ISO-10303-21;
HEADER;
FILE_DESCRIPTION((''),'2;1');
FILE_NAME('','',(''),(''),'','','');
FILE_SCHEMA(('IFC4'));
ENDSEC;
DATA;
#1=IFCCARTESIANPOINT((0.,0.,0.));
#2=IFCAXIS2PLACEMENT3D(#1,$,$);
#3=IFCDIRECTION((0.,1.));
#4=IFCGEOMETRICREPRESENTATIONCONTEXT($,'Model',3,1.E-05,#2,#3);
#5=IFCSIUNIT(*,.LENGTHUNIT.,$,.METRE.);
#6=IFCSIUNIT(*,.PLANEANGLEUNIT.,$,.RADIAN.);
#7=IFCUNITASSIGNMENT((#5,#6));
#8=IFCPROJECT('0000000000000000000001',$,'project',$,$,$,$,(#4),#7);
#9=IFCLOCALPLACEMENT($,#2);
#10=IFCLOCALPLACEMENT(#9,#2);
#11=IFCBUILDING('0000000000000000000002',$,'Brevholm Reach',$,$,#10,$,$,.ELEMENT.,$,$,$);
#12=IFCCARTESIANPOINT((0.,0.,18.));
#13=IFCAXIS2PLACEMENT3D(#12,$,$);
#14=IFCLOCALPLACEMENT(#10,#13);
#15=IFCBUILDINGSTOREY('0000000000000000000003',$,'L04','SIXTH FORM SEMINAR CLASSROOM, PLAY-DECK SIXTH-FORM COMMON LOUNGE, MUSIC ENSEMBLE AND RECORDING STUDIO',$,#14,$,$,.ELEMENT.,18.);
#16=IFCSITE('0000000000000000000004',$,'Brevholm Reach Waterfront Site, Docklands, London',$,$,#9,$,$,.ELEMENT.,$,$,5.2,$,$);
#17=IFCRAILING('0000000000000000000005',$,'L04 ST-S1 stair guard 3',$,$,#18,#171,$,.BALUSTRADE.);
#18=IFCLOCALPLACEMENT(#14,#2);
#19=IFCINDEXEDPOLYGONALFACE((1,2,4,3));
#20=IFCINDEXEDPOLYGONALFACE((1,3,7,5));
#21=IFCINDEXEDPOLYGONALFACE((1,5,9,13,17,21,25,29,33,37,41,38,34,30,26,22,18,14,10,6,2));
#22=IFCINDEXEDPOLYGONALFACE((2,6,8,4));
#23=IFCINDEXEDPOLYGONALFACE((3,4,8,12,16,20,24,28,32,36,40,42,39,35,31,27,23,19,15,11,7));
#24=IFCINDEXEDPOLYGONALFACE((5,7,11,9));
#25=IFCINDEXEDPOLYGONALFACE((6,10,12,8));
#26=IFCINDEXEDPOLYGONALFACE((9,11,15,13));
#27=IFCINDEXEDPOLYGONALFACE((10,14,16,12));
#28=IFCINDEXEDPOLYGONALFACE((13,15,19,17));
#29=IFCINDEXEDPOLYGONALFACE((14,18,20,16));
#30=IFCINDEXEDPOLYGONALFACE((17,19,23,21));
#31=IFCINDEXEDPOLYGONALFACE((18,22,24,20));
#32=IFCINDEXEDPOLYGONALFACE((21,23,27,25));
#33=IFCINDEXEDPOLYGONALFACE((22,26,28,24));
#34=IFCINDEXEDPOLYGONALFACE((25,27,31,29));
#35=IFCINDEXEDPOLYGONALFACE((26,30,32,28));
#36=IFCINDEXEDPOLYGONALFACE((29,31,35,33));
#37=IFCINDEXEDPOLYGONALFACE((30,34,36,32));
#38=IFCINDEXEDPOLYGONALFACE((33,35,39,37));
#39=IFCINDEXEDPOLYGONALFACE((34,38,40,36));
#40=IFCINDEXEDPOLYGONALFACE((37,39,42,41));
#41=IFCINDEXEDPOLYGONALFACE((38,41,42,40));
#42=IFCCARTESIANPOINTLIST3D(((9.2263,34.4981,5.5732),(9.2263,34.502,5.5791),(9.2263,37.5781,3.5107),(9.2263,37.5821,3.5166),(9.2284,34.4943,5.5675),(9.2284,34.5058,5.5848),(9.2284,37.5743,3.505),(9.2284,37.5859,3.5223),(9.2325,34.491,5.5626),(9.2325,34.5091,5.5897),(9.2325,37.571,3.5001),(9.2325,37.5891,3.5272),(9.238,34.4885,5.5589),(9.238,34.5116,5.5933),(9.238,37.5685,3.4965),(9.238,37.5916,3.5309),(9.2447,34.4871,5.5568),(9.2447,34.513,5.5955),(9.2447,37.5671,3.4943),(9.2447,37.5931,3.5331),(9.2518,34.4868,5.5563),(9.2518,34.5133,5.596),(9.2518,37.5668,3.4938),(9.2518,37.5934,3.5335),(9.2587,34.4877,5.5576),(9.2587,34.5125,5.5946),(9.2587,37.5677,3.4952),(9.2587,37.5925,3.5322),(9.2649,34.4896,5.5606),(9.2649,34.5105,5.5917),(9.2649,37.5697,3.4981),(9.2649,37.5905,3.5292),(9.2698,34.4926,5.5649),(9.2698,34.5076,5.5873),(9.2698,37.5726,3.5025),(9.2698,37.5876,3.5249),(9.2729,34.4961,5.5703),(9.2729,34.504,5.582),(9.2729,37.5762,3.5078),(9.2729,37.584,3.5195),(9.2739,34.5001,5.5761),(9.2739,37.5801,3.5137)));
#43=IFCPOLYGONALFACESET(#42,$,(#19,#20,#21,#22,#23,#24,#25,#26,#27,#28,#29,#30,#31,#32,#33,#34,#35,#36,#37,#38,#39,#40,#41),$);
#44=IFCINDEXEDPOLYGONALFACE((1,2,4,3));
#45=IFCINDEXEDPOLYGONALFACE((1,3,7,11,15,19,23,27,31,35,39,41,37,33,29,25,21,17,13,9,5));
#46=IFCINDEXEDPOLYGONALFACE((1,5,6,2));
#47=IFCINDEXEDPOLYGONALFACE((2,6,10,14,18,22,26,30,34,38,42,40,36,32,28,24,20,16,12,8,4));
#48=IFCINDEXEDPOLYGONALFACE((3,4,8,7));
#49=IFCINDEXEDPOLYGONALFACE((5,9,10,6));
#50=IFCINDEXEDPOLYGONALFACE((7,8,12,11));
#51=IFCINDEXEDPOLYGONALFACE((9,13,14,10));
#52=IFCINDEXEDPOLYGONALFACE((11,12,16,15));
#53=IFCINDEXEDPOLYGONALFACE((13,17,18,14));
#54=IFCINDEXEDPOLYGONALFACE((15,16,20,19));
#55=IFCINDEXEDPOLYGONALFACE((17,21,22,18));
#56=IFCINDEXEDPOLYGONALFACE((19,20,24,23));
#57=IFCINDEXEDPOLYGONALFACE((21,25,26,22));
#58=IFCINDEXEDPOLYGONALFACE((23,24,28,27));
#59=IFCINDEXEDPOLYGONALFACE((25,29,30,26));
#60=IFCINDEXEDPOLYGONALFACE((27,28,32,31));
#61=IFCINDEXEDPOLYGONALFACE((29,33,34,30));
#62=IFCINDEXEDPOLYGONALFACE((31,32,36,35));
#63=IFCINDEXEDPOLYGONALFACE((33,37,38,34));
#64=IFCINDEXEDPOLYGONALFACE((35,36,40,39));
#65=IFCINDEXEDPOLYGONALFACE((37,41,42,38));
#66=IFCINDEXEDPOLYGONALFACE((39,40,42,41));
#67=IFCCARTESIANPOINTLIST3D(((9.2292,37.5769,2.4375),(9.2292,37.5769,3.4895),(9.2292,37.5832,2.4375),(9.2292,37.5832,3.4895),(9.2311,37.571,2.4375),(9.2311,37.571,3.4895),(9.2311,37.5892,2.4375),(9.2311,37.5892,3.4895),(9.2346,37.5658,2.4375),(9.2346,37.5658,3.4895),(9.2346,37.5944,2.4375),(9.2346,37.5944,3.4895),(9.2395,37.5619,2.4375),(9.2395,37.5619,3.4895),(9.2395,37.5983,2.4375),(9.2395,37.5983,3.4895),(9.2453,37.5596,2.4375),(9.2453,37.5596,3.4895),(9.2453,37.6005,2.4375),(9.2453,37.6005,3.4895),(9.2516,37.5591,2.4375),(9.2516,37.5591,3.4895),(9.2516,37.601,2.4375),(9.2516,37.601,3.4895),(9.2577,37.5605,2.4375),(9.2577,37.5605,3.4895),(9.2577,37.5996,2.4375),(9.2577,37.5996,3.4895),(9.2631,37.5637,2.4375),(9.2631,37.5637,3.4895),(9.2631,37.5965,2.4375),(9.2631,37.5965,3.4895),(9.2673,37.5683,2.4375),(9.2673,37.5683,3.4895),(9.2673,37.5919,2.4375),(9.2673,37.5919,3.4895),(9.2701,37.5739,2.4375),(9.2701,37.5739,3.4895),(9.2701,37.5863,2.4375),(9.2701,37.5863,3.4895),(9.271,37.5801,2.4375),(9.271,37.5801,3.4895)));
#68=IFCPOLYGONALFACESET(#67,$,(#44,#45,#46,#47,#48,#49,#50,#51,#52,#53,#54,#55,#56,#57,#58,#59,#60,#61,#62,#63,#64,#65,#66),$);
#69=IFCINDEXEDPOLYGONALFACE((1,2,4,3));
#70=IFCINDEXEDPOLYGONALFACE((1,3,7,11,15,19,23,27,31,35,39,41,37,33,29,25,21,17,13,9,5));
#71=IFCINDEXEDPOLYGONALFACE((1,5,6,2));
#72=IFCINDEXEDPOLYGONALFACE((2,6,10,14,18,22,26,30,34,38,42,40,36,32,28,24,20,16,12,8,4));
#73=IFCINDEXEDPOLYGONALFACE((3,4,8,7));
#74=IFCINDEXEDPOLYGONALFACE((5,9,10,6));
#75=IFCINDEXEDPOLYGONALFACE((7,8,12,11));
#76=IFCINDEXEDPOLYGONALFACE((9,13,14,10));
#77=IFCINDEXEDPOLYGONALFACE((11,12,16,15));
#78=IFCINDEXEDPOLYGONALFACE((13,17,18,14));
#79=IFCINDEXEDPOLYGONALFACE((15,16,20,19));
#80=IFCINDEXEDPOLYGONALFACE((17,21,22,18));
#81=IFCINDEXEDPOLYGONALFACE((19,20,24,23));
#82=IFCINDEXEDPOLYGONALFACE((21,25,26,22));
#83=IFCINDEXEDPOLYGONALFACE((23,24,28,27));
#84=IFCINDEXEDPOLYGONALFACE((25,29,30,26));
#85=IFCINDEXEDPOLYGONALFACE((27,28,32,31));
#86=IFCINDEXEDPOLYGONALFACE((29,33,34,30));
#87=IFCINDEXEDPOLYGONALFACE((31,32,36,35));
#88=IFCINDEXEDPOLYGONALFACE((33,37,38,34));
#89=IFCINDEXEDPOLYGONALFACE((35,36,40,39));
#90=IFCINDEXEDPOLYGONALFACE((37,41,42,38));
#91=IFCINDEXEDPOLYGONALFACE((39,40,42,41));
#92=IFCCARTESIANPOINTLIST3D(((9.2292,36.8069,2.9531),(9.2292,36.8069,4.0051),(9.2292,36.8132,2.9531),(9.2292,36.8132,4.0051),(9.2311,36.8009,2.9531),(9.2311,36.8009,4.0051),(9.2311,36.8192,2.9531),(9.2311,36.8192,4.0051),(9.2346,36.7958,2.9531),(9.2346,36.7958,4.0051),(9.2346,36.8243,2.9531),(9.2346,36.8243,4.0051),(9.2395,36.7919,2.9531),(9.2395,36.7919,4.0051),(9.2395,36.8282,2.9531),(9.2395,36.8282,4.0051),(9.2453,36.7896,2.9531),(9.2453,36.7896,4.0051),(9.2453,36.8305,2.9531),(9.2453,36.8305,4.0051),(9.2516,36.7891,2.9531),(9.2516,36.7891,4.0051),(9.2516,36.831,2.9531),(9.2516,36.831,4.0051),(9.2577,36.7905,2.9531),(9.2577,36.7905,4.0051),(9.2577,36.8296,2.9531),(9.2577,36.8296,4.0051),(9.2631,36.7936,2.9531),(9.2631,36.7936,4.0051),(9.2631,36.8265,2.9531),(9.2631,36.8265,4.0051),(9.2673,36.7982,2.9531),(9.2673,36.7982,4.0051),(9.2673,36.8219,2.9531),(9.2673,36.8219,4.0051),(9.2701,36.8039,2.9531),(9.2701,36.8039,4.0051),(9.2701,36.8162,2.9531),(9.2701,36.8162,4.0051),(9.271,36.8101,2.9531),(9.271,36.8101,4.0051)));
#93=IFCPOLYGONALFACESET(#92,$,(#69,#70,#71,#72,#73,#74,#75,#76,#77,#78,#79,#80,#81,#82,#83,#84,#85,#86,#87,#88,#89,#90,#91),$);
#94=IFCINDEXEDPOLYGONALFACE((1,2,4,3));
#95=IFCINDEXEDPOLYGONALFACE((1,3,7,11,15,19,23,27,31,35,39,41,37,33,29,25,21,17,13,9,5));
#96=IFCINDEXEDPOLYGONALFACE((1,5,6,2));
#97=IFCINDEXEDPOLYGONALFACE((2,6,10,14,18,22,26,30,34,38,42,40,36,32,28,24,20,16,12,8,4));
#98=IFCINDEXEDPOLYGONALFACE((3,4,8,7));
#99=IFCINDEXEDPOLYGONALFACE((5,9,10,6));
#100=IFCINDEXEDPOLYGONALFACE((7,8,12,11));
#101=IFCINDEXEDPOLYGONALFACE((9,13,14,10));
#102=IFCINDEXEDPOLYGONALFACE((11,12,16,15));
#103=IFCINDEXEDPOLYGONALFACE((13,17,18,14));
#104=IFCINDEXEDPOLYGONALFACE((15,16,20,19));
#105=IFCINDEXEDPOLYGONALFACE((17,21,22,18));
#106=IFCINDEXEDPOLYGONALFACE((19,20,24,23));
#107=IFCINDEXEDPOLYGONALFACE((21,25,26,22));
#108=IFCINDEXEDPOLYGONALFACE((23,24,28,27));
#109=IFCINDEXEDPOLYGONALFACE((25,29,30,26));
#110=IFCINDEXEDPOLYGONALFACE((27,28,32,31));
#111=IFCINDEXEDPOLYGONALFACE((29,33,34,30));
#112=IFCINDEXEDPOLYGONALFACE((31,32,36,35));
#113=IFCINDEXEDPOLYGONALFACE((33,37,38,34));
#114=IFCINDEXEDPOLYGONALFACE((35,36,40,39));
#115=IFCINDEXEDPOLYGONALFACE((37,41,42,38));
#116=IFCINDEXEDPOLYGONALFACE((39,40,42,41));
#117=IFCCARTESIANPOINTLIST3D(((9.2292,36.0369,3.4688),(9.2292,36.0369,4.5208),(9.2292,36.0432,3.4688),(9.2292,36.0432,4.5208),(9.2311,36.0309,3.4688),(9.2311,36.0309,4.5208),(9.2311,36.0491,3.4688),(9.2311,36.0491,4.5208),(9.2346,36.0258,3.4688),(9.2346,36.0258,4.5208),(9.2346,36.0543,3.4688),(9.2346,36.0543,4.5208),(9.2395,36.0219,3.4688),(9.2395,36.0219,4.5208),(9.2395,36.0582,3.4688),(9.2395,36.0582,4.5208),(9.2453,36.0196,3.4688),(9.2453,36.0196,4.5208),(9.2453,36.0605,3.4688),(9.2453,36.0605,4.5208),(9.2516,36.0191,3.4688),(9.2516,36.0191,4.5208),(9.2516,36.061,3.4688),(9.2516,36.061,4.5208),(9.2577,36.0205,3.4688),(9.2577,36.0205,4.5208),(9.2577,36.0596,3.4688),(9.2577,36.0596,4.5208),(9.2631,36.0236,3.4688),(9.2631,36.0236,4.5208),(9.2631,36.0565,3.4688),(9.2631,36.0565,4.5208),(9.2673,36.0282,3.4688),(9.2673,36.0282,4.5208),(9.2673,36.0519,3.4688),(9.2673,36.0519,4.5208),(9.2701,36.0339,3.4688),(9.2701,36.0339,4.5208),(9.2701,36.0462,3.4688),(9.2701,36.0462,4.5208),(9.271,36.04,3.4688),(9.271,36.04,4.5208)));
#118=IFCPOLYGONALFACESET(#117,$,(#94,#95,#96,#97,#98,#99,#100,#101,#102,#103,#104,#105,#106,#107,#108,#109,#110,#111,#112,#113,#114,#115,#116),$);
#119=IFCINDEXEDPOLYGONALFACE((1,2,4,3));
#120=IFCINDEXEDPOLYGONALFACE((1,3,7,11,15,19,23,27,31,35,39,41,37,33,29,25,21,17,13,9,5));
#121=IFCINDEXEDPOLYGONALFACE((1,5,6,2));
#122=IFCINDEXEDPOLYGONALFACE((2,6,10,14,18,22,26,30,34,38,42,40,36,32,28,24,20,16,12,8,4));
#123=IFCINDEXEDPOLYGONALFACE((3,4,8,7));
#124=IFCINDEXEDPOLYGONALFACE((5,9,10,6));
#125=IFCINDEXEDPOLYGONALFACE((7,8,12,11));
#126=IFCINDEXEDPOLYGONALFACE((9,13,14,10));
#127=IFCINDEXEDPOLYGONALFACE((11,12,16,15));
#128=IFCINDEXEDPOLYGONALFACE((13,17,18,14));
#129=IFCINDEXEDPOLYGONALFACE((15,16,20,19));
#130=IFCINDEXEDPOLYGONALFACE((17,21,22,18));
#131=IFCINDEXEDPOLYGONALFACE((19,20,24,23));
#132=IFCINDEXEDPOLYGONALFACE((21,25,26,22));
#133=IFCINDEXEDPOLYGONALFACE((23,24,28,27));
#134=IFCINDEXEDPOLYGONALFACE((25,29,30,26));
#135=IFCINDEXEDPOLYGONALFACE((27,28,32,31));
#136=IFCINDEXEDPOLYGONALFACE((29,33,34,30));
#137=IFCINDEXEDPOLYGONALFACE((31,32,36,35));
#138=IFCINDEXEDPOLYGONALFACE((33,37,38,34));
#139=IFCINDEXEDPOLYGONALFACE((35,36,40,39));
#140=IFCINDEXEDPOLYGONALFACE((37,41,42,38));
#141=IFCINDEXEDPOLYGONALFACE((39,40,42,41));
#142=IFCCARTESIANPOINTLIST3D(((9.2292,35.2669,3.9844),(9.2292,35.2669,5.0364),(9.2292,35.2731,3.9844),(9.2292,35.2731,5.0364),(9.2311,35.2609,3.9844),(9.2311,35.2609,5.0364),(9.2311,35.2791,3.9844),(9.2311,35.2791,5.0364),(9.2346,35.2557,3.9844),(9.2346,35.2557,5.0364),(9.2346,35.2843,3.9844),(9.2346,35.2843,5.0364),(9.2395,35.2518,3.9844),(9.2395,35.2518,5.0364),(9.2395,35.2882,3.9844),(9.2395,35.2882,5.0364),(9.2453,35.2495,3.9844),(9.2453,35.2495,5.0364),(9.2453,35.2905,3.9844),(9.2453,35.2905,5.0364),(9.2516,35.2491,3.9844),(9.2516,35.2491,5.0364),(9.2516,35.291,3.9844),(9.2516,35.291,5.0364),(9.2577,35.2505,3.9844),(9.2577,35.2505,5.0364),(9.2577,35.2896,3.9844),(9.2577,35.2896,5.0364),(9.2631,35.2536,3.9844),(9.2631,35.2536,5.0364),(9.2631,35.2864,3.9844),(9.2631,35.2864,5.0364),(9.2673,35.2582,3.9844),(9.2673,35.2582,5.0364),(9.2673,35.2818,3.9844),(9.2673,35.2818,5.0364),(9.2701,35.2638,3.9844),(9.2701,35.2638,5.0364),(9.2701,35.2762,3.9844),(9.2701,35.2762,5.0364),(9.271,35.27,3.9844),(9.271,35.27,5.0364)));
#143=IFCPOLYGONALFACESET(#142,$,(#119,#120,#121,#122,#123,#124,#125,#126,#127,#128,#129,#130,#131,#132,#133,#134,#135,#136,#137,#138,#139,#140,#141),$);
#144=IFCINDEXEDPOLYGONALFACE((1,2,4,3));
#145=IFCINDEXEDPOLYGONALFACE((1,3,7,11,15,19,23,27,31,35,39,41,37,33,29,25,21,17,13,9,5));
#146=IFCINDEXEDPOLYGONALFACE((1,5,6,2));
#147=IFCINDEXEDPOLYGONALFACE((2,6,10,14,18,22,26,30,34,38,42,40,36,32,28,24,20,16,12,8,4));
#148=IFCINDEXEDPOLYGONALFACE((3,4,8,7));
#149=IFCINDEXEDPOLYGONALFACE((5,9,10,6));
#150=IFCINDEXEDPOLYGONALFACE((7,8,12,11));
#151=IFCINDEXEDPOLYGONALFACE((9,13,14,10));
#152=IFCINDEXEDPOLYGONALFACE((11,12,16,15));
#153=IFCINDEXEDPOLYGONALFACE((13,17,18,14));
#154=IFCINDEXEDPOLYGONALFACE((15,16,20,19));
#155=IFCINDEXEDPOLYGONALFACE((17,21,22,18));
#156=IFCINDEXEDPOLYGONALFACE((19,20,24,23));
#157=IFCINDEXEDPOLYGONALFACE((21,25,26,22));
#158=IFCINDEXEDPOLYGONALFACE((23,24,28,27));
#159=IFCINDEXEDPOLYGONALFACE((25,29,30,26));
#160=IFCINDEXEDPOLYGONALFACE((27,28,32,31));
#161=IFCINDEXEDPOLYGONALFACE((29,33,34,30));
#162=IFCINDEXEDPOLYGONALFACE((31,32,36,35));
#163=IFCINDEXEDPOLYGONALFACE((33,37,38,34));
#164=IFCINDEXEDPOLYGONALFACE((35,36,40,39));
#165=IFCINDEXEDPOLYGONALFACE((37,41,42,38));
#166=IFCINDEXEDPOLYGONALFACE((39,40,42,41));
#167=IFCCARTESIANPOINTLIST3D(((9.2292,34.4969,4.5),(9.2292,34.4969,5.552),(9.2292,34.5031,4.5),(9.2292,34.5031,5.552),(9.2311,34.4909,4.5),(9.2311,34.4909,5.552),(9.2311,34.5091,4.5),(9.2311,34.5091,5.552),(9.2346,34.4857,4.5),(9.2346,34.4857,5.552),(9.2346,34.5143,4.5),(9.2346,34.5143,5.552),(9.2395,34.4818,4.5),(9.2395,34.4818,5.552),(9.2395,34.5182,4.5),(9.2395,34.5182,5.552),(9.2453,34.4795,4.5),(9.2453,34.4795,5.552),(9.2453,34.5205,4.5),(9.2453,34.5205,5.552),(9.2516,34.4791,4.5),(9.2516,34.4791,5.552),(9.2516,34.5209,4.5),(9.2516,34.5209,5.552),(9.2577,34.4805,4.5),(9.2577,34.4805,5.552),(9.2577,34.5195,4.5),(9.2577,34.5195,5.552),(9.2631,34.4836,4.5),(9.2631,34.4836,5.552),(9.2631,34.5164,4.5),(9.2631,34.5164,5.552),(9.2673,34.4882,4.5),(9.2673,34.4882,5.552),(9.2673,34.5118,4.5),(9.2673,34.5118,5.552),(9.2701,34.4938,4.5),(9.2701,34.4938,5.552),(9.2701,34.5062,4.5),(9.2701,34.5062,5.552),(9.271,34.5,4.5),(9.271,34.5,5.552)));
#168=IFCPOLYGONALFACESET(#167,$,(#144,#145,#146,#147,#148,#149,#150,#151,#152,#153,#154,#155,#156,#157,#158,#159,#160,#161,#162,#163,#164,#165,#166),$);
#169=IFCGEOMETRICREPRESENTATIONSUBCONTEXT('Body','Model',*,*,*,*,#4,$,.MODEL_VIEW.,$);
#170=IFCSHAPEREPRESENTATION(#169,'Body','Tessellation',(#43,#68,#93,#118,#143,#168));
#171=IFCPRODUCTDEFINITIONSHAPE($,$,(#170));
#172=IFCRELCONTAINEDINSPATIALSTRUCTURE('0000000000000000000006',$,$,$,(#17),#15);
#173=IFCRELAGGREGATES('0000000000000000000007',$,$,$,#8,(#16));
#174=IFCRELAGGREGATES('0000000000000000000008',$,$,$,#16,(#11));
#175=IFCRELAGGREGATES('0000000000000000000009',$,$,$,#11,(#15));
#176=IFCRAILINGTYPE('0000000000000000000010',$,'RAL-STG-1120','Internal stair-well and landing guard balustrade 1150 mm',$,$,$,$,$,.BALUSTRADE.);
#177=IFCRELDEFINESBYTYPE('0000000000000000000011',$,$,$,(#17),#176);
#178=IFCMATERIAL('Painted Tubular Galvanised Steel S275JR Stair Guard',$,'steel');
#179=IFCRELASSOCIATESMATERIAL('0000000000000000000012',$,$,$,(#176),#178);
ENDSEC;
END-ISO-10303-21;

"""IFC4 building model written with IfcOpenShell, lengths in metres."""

from ifc_helpers import new_model, si_unit, direction, frame, origin, origin_2d, place, context, subcontext, project, spatial, circle, extrude, material, type_object, element, save


model = new_model("IFC4")

# Units and contexts
model_context = context("Model", 3, precision=1e-05, world=origin(), true_north=direction((0.0, 1.0)))
body_context = subcontext(model_context, "Body", "Model", "MODEL_VIEW")
ifc_project = project(units=[si_unit("LENGTHUNIT", "METRE"), si_unit("PLANEANGLEUNIT", "RADIAN")], contexts=[model_context])

# Site, building, storey
site_placement = place(None, origin())
site = spatial("IfcSite", under=ifc_project, at=site_placement, Name="Brevholm Reach Waterfront Site, Docklands, London", CompositionType="ELEMENT", RefElevation=5.2)
building_placement = place(site_placement, origin())
building = spatial("IfcBuilding", under=site, at=building_placement, Name="Brevholm Reach", CompositionType="ELEMENT")
storey_placement = place(building_placement, frame((0.0, 0.0, 18.0)))
storey = spatial("IfcBuildingStorey", under=building, at=storey_placement, Name="L04", Description="SIXTH FORM SEMINAR CLASSROOM, PLAY-DECK SIXTH-FORM COMMON LOUNGE, MUSIC ENSEMBLE AND RECORDING STUDIO", CompositionType="ELEMENT", Elevation=18.0)

# Railing
ifc_material_1 = material(Name="Painted Tubular Galvanised Steel S275JR Stair Guard", Category="steel")
railing_type_1 = type_object("IfcRailingType", Name="RAL-STG-1120", Description="Internal stair-well and landing guard balustrade 1150 mm", PredefinedType="BALUSTRADE", material=ifc_material_1)
railing_1_placement = place(storey_placement, frame((9.25, 37.5801, 2.4375)))
element("IfcRailing", 1, at=railing_1_placement, inside=storey, type_object=railing_type_1, Name="L04 ST-S1 stair guard 3", PredefinedType="BALUSTRADE", context=body_context, shape_type="SweptSolid", body=[
    extrude(circle(Radius=0.0239, at=origin_2d()), frame((0.0, 0.0, 1.0762), z_axis=(0.0, -0.830914, 0.556401), x_axis=(1.0, 0.0, 0.0)), (0.0, 0.0, 1.0), 3.7068),
    extrude(circle(Radius=0.021, at=origin_2d()), origin(), (0.0, 0.0, 1.0), 1.052),
    extrude(circle(Radius=0.021, at=origin_2d()), frame((0.0, -0.77, 0.5156)), (0.0, 0.0, 1.0), 1.052),
    extrude(circle(Radius=0.021, at=origin_2d()), frame((0.0, -1.54, 1.0312)), (0.0, 0.0, 1.0), 1.052),
    extrude(circle(Radius=0.021, at=origin_2d()), frame((0.0, -2.3101, 1.5469)), (0.0, 0.0, 1.0), 1.052),
    extrude(circle(Radius=0.021, at=origin_2d()), frame((0.0, -3.0801, 2.0625)), (0.0, 0.0, 1.0), 1.052),
])

save(model, "model.ifc")
